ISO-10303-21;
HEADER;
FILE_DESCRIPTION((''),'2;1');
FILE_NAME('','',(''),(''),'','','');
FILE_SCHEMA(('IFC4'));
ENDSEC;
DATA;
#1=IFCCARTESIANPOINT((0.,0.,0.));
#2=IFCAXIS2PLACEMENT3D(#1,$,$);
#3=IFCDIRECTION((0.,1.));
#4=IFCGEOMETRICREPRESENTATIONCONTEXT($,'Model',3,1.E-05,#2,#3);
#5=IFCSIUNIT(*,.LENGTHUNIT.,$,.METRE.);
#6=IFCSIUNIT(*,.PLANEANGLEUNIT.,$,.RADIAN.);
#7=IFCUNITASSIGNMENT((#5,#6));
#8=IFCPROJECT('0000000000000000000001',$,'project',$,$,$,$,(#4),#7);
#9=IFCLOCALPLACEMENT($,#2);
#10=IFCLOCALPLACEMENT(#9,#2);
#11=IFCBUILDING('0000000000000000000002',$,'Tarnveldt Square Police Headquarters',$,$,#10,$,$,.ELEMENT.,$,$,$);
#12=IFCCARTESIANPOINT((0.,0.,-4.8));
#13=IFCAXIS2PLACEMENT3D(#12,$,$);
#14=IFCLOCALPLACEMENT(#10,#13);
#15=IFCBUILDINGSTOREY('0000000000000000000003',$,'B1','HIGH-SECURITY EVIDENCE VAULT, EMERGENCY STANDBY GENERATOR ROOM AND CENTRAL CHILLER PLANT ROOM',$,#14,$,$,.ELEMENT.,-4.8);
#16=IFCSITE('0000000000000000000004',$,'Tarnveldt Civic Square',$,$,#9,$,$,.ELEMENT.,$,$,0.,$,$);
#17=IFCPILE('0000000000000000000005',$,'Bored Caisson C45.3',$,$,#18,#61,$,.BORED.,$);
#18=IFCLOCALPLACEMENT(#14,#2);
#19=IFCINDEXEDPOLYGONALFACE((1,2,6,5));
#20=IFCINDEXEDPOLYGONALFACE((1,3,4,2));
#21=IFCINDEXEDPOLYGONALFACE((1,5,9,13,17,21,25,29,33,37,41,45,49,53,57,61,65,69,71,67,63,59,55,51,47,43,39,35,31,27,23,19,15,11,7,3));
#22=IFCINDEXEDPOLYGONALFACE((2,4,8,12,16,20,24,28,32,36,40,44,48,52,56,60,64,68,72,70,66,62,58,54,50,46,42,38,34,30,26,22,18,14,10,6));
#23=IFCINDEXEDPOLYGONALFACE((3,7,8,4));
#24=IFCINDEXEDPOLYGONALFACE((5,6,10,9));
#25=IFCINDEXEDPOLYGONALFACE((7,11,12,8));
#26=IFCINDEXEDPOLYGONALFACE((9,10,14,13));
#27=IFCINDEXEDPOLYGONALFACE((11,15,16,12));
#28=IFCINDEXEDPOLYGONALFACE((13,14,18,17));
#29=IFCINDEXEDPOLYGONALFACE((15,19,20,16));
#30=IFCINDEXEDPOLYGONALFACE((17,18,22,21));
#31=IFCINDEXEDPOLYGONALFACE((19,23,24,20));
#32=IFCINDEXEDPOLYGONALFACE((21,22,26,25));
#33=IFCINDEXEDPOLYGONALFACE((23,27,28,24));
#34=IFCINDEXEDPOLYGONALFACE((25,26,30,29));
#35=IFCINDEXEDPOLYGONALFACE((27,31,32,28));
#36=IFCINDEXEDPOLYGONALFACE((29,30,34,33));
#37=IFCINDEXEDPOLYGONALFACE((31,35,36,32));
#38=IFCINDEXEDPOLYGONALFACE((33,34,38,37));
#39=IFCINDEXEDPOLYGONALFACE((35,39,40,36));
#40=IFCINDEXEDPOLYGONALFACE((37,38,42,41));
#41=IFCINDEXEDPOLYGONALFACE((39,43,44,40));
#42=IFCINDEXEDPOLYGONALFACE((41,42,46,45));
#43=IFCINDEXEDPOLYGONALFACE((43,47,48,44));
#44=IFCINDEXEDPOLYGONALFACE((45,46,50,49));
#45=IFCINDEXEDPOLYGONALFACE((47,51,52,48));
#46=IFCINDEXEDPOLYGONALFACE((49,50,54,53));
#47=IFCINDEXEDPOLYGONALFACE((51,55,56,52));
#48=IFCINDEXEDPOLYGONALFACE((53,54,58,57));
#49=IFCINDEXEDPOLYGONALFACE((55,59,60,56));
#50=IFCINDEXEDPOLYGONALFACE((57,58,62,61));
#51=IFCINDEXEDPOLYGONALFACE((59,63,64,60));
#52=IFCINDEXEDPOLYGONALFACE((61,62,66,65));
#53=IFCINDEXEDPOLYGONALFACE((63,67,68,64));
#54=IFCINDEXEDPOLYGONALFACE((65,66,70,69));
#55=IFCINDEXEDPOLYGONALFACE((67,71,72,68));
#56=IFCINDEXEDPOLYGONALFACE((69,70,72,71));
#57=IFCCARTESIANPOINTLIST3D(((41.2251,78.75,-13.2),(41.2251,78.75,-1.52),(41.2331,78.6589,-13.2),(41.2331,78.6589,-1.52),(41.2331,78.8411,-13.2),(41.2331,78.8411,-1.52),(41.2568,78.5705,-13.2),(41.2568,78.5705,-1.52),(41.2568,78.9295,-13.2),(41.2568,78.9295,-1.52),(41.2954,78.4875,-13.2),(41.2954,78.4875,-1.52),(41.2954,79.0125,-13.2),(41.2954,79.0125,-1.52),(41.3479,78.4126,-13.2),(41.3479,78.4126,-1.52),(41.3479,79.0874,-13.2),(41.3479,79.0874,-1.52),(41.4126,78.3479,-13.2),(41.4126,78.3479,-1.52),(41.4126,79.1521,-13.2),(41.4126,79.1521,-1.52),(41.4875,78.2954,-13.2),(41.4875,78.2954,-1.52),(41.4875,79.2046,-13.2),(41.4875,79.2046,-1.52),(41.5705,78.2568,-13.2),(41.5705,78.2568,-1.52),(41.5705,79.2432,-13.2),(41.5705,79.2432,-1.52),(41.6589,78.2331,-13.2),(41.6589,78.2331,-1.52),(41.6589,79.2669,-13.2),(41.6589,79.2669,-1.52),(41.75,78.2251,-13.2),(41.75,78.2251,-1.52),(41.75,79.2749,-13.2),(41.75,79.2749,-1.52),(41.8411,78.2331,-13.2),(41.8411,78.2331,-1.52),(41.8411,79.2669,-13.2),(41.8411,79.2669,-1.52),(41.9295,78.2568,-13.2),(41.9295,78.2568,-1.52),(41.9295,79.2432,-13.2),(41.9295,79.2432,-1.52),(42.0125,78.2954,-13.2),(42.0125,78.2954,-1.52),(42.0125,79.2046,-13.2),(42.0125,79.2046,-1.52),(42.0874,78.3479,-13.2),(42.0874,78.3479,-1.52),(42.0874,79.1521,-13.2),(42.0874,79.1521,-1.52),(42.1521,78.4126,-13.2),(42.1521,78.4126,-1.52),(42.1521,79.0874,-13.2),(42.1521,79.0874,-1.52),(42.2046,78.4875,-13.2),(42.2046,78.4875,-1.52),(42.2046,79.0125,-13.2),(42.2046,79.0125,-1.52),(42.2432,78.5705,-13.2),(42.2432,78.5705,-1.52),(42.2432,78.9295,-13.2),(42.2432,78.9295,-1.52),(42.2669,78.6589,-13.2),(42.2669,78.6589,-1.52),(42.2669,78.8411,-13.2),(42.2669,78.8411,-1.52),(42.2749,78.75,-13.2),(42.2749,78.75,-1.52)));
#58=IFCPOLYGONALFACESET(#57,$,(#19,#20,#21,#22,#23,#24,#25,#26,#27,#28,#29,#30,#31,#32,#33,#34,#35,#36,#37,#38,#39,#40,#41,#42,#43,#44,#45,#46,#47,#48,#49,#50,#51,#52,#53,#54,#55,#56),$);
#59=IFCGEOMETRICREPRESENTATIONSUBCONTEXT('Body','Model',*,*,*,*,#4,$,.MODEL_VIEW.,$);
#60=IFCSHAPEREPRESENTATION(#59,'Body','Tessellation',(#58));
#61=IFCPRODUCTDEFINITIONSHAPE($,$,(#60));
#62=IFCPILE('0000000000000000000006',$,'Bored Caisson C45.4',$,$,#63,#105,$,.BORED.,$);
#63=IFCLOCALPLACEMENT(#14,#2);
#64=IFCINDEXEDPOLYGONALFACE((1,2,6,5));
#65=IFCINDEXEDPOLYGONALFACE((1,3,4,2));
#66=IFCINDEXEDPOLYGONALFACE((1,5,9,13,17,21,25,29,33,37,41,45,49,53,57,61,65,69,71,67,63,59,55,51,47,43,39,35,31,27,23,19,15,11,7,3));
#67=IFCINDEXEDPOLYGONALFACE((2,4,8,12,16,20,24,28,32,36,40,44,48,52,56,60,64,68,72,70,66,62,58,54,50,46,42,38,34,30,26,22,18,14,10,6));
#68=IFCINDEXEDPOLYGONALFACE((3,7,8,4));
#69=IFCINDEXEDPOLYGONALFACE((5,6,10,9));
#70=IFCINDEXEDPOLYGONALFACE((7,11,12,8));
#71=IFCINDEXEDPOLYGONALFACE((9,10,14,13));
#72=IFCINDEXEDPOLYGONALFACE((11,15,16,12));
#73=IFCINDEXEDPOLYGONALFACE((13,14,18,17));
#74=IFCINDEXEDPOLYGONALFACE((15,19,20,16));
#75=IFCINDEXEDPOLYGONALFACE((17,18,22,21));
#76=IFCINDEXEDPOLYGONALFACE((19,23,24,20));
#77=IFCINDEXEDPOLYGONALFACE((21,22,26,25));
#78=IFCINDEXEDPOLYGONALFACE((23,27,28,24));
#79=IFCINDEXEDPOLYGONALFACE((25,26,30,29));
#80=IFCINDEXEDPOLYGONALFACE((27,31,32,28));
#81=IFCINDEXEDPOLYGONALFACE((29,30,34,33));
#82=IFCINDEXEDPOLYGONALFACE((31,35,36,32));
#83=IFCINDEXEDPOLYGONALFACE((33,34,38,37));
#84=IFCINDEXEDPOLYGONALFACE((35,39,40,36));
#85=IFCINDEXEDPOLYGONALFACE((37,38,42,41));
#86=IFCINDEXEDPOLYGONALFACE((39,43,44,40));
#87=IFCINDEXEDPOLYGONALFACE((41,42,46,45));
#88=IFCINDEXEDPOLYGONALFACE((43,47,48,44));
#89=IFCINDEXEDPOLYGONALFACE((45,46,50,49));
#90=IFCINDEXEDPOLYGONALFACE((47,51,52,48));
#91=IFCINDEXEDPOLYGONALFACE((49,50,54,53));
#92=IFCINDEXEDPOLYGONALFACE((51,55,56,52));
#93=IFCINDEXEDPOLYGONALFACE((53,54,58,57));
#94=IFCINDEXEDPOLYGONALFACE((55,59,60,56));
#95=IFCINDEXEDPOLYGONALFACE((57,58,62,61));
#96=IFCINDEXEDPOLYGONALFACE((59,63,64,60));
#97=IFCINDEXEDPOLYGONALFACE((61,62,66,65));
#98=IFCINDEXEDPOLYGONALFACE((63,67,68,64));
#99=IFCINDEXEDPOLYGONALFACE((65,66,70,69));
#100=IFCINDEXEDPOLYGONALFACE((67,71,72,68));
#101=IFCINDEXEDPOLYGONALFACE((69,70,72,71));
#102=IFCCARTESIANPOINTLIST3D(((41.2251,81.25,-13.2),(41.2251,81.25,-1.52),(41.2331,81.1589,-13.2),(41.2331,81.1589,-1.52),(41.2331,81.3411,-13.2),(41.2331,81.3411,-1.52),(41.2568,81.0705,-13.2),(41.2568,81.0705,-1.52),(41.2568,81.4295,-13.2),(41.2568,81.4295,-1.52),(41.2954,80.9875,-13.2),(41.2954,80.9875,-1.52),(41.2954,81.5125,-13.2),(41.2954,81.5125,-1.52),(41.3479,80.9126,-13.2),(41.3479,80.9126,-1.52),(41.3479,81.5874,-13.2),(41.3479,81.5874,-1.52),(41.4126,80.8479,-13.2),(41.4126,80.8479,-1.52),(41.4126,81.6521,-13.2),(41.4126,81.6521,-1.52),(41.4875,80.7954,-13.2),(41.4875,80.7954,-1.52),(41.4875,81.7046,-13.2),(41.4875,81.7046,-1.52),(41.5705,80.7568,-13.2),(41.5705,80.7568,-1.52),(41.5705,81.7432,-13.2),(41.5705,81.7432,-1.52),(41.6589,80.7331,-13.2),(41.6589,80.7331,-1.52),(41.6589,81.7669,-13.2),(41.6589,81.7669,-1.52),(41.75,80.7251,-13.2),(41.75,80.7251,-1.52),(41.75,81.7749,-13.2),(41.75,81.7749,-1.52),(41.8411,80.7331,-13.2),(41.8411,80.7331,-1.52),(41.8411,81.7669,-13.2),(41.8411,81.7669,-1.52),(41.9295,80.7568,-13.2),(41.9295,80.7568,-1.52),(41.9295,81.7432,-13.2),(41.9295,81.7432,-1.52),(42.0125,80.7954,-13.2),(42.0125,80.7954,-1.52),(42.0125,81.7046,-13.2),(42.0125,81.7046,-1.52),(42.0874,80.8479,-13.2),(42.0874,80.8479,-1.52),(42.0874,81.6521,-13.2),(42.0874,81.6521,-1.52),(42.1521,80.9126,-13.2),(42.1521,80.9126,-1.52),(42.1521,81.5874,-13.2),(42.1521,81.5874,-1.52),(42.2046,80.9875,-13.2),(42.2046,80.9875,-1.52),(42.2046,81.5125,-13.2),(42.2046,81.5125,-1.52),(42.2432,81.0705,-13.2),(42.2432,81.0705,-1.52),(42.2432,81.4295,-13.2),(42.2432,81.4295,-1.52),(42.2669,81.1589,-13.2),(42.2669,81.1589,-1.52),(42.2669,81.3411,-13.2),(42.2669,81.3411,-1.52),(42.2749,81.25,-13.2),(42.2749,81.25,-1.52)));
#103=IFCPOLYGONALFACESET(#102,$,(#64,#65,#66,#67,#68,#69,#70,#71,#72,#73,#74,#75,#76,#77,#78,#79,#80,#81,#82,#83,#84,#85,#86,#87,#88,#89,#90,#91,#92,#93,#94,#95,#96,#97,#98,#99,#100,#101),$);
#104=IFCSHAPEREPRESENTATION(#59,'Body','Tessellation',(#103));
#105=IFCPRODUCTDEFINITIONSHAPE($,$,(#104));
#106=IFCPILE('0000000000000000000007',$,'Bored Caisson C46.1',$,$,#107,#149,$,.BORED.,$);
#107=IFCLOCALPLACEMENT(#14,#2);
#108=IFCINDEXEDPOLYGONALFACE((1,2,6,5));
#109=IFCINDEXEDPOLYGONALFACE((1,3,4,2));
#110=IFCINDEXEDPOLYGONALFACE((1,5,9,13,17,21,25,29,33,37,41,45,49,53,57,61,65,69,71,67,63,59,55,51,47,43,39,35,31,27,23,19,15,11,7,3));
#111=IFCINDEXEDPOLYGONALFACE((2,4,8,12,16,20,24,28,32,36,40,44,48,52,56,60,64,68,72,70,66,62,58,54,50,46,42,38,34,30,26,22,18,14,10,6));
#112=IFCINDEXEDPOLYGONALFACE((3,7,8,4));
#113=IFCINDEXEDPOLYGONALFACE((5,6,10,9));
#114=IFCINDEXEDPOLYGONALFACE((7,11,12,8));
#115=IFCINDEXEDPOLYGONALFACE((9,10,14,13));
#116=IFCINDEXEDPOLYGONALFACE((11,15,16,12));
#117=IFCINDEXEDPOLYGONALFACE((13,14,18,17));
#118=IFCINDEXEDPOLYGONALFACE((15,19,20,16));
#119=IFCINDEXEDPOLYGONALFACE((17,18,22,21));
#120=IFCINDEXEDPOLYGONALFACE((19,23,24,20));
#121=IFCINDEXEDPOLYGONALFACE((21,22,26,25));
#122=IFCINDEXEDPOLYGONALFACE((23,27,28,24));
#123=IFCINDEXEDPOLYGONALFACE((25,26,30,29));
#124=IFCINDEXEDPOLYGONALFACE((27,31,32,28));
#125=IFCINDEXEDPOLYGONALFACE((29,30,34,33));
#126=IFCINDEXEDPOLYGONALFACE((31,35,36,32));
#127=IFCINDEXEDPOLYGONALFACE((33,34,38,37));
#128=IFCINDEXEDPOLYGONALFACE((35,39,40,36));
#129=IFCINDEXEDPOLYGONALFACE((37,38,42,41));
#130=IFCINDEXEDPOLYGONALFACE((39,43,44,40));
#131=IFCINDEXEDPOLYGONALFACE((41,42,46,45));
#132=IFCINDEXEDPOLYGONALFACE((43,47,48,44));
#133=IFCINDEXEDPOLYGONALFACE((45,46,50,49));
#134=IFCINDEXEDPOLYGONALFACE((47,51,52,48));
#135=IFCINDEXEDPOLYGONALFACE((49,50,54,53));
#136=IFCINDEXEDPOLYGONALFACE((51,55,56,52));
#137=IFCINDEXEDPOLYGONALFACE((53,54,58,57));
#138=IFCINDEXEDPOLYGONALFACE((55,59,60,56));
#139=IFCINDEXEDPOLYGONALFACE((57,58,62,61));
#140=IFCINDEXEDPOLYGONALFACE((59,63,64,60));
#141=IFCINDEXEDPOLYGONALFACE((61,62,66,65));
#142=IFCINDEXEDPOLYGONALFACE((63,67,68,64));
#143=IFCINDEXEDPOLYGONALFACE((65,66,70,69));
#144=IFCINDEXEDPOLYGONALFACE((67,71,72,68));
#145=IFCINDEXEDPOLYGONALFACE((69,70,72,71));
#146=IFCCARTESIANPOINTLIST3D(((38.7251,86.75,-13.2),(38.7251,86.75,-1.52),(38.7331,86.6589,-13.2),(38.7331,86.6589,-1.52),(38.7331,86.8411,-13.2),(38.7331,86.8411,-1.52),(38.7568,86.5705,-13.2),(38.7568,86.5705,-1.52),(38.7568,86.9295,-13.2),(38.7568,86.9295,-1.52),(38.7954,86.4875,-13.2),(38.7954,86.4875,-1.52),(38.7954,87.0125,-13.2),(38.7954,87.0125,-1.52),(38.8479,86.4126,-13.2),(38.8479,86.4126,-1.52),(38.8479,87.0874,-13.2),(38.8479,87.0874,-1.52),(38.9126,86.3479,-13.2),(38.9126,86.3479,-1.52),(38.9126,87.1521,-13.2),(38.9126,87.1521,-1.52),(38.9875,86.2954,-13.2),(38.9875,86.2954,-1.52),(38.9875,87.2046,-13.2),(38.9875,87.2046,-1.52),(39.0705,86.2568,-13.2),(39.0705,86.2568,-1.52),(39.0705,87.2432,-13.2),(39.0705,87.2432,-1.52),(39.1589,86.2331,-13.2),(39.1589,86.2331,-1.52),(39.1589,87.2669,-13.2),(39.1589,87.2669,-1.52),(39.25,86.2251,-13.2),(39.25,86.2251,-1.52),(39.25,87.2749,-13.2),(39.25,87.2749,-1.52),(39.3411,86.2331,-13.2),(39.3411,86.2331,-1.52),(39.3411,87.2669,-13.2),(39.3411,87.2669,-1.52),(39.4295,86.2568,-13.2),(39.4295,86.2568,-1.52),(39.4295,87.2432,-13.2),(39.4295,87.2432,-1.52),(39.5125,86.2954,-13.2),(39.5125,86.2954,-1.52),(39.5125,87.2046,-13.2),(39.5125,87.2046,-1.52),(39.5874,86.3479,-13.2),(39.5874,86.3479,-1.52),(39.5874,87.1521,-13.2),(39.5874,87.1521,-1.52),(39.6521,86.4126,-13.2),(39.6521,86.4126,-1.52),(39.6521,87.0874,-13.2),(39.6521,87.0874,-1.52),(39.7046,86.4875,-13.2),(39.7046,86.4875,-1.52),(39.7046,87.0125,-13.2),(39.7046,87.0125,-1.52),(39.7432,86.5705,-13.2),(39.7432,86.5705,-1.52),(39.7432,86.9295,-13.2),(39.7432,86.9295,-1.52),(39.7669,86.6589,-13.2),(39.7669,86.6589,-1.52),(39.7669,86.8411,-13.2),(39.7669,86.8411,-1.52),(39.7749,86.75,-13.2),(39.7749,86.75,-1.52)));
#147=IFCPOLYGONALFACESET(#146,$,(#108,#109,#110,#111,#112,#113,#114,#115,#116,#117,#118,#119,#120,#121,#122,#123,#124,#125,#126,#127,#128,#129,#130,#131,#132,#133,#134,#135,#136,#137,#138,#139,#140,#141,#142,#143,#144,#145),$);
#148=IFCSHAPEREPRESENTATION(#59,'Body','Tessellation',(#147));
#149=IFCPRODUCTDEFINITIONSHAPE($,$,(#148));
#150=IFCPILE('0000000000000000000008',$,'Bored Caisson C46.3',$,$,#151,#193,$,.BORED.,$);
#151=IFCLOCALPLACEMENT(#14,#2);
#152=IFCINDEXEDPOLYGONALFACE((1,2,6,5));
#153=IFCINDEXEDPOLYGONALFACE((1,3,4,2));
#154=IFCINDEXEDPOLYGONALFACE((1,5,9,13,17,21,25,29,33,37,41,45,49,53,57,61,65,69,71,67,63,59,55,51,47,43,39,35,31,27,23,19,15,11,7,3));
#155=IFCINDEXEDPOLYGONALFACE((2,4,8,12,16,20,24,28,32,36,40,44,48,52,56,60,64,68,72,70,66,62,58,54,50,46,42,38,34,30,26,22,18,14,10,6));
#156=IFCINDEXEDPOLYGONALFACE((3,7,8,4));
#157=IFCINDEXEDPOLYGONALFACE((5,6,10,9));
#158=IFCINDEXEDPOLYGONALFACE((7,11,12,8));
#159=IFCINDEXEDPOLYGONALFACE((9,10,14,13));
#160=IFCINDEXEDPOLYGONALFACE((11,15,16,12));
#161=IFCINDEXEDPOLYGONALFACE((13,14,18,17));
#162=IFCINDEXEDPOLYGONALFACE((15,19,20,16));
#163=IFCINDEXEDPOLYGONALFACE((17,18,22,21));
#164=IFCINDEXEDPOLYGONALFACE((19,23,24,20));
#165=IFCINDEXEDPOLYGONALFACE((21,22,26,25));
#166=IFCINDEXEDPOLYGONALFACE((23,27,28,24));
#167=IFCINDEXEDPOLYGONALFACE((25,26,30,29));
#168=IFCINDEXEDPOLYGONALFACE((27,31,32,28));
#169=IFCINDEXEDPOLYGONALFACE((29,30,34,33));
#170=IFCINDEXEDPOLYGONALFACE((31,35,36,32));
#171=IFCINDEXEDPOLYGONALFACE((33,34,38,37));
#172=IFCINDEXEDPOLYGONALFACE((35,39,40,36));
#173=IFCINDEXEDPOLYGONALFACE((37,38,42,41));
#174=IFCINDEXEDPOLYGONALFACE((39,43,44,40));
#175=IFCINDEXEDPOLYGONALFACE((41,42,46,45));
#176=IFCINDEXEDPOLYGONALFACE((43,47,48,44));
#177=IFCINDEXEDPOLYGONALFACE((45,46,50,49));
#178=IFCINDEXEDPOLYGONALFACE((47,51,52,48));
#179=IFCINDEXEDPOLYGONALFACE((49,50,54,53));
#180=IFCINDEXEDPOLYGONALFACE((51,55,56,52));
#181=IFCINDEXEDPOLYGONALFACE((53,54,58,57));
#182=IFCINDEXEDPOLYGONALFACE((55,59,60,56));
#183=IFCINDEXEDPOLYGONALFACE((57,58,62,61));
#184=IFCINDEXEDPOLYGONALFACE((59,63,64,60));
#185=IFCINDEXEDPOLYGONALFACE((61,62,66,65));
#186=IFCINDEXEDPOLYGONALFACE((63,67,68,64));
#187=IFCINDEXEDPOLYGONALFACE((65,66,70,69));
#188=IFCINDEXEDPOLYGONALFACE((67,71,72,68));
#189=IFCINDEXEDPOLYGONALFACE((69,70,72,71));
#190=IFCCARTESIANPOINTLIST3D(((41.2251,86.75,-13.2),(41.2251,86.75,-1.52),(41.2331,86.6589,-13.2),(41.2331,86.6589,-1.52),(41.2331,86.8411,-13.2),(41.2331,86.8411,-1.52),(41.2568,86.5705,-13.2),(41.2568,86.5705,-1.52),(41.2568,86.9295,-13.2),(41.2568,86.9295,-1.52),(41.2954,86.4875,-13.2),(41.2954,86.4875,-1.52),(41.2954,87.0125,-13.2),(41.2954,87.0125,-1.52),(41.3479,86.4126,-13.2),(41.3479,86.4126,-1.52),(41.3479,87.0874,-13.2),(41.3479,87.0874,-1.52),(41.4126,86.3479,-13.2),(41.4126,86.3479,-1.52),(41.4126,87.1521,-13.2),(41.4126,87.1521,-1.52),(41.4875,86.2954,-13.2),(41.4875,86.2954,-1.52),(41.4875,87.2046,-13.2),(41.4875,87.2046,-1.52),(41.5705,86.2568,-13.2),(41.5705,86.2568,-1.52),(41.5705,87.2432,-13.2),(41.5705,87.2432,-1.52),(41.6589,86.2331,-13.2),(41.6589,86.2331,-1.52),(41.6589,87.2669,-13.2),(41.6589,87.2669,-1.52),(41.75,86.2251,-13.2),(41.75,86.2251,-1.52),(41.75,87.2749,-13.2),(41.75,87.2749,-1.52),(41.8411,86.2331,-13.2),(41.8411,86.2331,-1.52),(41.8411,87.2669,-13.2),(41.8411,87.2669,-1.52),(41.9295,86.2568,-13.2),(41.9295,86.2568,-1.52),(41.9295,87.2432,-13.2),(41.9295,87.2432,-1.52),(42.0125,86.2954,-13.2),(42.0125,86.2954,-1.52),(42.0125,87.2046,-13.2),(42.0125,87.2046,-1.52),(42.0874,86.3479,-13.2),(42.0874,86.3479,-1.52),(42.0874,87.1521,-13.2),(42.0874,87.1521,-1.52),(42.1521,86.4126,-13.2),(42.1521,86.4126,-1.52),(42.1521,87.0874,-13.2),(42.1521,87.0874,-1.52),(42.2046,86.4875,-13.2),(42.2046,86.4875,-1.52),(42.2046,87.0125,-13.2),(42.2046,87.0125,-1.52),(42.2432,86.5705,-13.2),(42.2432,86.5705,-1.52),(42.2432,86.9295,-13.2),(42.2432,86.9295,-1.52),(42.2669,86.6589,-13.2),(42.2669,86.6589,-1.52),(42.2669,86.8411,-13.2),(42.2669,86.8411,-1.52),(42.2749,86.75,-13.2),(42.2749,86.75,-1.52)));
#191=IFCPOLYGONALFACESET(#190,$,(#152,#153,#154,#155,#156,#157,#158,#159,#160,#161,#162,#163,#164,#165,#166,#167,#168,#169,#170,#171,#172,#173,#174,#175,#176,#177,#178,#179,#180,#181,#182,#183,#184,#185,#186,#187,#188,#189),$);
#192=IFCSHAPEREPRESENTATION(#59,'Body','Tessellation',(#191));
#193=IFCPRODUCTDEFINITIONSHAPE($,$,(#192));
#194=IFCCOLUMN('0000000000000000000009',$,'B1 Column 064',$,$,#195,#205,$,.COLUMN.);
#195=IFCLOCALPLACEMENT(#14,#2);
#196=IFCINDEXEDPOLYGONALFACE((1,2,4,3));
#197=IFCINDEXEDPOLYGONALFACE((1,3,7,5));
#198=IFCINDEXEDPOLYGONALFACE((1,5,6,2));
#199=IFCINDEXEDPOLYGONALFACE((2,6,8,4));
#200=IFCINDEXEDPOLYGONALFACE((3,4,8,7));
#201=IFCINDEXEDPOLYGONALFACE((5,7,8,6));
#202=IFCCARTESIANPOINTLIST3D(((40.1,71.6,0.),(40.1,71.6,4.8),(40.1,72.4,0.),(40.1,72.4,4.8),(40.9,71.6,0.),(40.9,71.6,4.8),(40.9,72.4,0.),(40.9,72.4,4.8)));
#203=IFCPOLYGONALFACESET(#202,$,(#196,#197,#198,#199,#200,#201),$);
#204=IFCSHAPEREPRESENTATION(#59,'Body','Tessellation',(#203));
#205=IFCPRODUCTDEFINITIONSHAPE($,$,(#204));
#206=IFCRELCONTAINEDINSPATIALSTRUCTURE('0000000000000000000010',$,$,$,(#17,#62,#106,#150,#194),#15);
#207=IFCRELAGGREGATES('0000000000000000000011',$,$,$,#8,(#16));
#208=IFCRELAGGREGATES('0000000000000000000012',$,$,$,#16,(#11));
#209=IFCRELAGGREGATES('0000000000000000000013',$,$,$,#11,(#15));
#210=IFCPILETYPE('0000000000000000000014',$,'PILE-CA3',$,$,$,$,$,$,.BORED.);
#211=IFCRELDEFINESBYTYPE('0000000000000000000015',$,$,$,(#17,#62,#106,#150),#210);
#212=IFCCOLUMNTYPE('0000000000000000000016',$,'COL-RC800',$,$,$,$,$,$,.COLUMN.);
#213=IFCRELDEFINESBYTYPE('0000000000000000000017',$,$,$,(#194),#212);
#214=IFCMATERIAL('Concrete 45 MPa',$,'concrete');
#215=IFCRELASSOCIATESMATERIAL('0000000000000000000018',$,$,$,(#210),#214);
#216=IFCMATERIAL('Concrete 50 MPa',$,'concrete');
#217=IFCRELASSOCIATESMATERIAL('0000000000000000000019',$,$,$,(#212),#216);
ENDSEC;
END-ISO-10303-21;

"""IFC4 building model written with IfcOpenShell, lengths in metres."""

from ifc_helpers import new_model, si_unit, direction, frame, origin, origin_2d, place, context, subcontext, project, spatial, rectangle, circle, extrude, material, material_profile, profile_set, type_object, element, save


model = new_model("IFC4")

# Units and contexts
model_context = context("Model", 3, precision=1e-05, world=origin(), true_north=direction((0.0, 1.0)))
body_context = subcontext(model_context, "Body", "Model", "MODEL_VIEW")
ifc_project = project(units=[si_unit("LENGTHUNIT", "METRE"), si_unit("PLANEANGLEUNIT", "RADIAN")], contexts=[model_context])

# Site, building, storey
site_placement = place(None, origin())
site = spatial("IfcSite", under=ifc_project, at=site_placement, Name="Tarnveldt Civic Square", CompositionType="ELEMENT", RefElevation=0.0)
building_placement = place(site_placement, origin())
building = spatial("IfcBuilding", under=site, at=building_placement, Name="Tarnveldt Square Police Headquarters", CompositionType="ELEMENT")
storey_placement = place(building_placement, frame((0.0, 0.0, -4.8)))
storey = spatial("IfcBuildingStorey", under=building, at=storey_placement, Name="B1", Description="HIGH-SECURITY EVIDENCE VAULT, EMERGENCY STANDBY GENERATOR ROOM AND CENTRAL CHILLER PLANT ROOM", CompositionType="ELEMENT", Elevation=-4.8)

# Shared definitions
ifc_material_1 = material(Name="Concrete 45 MPa", Category="concrete")

# Piles
ifc_material_profile_1 = material_profile(ifc_material_1, circle(Radius=0.5249, at=origin_2d()), Name="CAISSON-D1050")
ifc_profile_set_1 = profile_set([ifc_material_profile_1], Name="Concrete 45 MPa")
pile_type = type_object("IfcPileType", Name="PILE-CA3", PredefinedType="BORED", material=ifc_profile_set_1)
for number, where, z_axis, x_axis, name in (
    (1, (41.75, 78.75, -1.52), (0.0, 0.0, -1.0), (1.0, 0.0, 0.0), "Bored Caisson C45.3"),
    (2, (41.75, 81.25, -1.52), (0.0, 0.0, -1.0), (1.0, 0.0, 0.0), "Bored Caisson C45.4"),
    (3, (39.25, 86.75, -1.52), (0.0, 0.0, -1.0), (1.0, 0.0, 0.0), "Bored Caisson C46.1"),
    (4, (41.75, 86.75, -1.52), (0.0, 0.0, -1.0), (1.0, 0.0, 0.0), "Bored Caisson C46.3"),
):
    element("IfcPile", number, at=place(storey_placement, frame(where, z_axis=z_axis, x_axis=x_axis)), inside=storey, type_object=pile_type, Name=name, PredefinedType="BORED", context=body_context, shape_type="SweptSolid", body=[
        extrude(circle(Radius=0.5249, at=origin_2d()), origin(), (0.0, 0.0, 1.0), 11.6799),
    ])

# Column
ifc_material_2 = material(Name="Concrete 50 MPa", Category="concrete")
ifc_material_profile_2 = material_profile(ifc_material_2, rectangle(XDim=0.8, YDim=0.8, at=origin_2d()), Name="RC-C800x800")
ifc_profile_set_2 = profile_set([ifc_material_profile_2], Name="Concrete 50 MPa")
column_type = type_object("IfcColumnType", Name="COL-RC800", PredefinedType="COLUMN", material=ifc_profile_set_2)
for number, where, z_axis, x_axis, name in (
    (5, (40.5, 72.0, 0.0), (0.0, 0.0, 1.0), (1.0, 0.0, 0.0), "B1 Column 064"),
):
    element("IfcColumn", number, at=place(storey_placement, frame(where, z_axis=z_axis, x_axis=x_axis)), inside=storey, type_object=column_type, Name=name, PredefinedType="COLUMN", context=body_context, shape_type="SweptSolid", body=[
        extrude(rectangle(XDim=0.8, YDim=0.8, at=origin_2d()), origin(), (0.0, 0.0, 1.0), 4.8),
    ])

save(model, "model.ifc")
